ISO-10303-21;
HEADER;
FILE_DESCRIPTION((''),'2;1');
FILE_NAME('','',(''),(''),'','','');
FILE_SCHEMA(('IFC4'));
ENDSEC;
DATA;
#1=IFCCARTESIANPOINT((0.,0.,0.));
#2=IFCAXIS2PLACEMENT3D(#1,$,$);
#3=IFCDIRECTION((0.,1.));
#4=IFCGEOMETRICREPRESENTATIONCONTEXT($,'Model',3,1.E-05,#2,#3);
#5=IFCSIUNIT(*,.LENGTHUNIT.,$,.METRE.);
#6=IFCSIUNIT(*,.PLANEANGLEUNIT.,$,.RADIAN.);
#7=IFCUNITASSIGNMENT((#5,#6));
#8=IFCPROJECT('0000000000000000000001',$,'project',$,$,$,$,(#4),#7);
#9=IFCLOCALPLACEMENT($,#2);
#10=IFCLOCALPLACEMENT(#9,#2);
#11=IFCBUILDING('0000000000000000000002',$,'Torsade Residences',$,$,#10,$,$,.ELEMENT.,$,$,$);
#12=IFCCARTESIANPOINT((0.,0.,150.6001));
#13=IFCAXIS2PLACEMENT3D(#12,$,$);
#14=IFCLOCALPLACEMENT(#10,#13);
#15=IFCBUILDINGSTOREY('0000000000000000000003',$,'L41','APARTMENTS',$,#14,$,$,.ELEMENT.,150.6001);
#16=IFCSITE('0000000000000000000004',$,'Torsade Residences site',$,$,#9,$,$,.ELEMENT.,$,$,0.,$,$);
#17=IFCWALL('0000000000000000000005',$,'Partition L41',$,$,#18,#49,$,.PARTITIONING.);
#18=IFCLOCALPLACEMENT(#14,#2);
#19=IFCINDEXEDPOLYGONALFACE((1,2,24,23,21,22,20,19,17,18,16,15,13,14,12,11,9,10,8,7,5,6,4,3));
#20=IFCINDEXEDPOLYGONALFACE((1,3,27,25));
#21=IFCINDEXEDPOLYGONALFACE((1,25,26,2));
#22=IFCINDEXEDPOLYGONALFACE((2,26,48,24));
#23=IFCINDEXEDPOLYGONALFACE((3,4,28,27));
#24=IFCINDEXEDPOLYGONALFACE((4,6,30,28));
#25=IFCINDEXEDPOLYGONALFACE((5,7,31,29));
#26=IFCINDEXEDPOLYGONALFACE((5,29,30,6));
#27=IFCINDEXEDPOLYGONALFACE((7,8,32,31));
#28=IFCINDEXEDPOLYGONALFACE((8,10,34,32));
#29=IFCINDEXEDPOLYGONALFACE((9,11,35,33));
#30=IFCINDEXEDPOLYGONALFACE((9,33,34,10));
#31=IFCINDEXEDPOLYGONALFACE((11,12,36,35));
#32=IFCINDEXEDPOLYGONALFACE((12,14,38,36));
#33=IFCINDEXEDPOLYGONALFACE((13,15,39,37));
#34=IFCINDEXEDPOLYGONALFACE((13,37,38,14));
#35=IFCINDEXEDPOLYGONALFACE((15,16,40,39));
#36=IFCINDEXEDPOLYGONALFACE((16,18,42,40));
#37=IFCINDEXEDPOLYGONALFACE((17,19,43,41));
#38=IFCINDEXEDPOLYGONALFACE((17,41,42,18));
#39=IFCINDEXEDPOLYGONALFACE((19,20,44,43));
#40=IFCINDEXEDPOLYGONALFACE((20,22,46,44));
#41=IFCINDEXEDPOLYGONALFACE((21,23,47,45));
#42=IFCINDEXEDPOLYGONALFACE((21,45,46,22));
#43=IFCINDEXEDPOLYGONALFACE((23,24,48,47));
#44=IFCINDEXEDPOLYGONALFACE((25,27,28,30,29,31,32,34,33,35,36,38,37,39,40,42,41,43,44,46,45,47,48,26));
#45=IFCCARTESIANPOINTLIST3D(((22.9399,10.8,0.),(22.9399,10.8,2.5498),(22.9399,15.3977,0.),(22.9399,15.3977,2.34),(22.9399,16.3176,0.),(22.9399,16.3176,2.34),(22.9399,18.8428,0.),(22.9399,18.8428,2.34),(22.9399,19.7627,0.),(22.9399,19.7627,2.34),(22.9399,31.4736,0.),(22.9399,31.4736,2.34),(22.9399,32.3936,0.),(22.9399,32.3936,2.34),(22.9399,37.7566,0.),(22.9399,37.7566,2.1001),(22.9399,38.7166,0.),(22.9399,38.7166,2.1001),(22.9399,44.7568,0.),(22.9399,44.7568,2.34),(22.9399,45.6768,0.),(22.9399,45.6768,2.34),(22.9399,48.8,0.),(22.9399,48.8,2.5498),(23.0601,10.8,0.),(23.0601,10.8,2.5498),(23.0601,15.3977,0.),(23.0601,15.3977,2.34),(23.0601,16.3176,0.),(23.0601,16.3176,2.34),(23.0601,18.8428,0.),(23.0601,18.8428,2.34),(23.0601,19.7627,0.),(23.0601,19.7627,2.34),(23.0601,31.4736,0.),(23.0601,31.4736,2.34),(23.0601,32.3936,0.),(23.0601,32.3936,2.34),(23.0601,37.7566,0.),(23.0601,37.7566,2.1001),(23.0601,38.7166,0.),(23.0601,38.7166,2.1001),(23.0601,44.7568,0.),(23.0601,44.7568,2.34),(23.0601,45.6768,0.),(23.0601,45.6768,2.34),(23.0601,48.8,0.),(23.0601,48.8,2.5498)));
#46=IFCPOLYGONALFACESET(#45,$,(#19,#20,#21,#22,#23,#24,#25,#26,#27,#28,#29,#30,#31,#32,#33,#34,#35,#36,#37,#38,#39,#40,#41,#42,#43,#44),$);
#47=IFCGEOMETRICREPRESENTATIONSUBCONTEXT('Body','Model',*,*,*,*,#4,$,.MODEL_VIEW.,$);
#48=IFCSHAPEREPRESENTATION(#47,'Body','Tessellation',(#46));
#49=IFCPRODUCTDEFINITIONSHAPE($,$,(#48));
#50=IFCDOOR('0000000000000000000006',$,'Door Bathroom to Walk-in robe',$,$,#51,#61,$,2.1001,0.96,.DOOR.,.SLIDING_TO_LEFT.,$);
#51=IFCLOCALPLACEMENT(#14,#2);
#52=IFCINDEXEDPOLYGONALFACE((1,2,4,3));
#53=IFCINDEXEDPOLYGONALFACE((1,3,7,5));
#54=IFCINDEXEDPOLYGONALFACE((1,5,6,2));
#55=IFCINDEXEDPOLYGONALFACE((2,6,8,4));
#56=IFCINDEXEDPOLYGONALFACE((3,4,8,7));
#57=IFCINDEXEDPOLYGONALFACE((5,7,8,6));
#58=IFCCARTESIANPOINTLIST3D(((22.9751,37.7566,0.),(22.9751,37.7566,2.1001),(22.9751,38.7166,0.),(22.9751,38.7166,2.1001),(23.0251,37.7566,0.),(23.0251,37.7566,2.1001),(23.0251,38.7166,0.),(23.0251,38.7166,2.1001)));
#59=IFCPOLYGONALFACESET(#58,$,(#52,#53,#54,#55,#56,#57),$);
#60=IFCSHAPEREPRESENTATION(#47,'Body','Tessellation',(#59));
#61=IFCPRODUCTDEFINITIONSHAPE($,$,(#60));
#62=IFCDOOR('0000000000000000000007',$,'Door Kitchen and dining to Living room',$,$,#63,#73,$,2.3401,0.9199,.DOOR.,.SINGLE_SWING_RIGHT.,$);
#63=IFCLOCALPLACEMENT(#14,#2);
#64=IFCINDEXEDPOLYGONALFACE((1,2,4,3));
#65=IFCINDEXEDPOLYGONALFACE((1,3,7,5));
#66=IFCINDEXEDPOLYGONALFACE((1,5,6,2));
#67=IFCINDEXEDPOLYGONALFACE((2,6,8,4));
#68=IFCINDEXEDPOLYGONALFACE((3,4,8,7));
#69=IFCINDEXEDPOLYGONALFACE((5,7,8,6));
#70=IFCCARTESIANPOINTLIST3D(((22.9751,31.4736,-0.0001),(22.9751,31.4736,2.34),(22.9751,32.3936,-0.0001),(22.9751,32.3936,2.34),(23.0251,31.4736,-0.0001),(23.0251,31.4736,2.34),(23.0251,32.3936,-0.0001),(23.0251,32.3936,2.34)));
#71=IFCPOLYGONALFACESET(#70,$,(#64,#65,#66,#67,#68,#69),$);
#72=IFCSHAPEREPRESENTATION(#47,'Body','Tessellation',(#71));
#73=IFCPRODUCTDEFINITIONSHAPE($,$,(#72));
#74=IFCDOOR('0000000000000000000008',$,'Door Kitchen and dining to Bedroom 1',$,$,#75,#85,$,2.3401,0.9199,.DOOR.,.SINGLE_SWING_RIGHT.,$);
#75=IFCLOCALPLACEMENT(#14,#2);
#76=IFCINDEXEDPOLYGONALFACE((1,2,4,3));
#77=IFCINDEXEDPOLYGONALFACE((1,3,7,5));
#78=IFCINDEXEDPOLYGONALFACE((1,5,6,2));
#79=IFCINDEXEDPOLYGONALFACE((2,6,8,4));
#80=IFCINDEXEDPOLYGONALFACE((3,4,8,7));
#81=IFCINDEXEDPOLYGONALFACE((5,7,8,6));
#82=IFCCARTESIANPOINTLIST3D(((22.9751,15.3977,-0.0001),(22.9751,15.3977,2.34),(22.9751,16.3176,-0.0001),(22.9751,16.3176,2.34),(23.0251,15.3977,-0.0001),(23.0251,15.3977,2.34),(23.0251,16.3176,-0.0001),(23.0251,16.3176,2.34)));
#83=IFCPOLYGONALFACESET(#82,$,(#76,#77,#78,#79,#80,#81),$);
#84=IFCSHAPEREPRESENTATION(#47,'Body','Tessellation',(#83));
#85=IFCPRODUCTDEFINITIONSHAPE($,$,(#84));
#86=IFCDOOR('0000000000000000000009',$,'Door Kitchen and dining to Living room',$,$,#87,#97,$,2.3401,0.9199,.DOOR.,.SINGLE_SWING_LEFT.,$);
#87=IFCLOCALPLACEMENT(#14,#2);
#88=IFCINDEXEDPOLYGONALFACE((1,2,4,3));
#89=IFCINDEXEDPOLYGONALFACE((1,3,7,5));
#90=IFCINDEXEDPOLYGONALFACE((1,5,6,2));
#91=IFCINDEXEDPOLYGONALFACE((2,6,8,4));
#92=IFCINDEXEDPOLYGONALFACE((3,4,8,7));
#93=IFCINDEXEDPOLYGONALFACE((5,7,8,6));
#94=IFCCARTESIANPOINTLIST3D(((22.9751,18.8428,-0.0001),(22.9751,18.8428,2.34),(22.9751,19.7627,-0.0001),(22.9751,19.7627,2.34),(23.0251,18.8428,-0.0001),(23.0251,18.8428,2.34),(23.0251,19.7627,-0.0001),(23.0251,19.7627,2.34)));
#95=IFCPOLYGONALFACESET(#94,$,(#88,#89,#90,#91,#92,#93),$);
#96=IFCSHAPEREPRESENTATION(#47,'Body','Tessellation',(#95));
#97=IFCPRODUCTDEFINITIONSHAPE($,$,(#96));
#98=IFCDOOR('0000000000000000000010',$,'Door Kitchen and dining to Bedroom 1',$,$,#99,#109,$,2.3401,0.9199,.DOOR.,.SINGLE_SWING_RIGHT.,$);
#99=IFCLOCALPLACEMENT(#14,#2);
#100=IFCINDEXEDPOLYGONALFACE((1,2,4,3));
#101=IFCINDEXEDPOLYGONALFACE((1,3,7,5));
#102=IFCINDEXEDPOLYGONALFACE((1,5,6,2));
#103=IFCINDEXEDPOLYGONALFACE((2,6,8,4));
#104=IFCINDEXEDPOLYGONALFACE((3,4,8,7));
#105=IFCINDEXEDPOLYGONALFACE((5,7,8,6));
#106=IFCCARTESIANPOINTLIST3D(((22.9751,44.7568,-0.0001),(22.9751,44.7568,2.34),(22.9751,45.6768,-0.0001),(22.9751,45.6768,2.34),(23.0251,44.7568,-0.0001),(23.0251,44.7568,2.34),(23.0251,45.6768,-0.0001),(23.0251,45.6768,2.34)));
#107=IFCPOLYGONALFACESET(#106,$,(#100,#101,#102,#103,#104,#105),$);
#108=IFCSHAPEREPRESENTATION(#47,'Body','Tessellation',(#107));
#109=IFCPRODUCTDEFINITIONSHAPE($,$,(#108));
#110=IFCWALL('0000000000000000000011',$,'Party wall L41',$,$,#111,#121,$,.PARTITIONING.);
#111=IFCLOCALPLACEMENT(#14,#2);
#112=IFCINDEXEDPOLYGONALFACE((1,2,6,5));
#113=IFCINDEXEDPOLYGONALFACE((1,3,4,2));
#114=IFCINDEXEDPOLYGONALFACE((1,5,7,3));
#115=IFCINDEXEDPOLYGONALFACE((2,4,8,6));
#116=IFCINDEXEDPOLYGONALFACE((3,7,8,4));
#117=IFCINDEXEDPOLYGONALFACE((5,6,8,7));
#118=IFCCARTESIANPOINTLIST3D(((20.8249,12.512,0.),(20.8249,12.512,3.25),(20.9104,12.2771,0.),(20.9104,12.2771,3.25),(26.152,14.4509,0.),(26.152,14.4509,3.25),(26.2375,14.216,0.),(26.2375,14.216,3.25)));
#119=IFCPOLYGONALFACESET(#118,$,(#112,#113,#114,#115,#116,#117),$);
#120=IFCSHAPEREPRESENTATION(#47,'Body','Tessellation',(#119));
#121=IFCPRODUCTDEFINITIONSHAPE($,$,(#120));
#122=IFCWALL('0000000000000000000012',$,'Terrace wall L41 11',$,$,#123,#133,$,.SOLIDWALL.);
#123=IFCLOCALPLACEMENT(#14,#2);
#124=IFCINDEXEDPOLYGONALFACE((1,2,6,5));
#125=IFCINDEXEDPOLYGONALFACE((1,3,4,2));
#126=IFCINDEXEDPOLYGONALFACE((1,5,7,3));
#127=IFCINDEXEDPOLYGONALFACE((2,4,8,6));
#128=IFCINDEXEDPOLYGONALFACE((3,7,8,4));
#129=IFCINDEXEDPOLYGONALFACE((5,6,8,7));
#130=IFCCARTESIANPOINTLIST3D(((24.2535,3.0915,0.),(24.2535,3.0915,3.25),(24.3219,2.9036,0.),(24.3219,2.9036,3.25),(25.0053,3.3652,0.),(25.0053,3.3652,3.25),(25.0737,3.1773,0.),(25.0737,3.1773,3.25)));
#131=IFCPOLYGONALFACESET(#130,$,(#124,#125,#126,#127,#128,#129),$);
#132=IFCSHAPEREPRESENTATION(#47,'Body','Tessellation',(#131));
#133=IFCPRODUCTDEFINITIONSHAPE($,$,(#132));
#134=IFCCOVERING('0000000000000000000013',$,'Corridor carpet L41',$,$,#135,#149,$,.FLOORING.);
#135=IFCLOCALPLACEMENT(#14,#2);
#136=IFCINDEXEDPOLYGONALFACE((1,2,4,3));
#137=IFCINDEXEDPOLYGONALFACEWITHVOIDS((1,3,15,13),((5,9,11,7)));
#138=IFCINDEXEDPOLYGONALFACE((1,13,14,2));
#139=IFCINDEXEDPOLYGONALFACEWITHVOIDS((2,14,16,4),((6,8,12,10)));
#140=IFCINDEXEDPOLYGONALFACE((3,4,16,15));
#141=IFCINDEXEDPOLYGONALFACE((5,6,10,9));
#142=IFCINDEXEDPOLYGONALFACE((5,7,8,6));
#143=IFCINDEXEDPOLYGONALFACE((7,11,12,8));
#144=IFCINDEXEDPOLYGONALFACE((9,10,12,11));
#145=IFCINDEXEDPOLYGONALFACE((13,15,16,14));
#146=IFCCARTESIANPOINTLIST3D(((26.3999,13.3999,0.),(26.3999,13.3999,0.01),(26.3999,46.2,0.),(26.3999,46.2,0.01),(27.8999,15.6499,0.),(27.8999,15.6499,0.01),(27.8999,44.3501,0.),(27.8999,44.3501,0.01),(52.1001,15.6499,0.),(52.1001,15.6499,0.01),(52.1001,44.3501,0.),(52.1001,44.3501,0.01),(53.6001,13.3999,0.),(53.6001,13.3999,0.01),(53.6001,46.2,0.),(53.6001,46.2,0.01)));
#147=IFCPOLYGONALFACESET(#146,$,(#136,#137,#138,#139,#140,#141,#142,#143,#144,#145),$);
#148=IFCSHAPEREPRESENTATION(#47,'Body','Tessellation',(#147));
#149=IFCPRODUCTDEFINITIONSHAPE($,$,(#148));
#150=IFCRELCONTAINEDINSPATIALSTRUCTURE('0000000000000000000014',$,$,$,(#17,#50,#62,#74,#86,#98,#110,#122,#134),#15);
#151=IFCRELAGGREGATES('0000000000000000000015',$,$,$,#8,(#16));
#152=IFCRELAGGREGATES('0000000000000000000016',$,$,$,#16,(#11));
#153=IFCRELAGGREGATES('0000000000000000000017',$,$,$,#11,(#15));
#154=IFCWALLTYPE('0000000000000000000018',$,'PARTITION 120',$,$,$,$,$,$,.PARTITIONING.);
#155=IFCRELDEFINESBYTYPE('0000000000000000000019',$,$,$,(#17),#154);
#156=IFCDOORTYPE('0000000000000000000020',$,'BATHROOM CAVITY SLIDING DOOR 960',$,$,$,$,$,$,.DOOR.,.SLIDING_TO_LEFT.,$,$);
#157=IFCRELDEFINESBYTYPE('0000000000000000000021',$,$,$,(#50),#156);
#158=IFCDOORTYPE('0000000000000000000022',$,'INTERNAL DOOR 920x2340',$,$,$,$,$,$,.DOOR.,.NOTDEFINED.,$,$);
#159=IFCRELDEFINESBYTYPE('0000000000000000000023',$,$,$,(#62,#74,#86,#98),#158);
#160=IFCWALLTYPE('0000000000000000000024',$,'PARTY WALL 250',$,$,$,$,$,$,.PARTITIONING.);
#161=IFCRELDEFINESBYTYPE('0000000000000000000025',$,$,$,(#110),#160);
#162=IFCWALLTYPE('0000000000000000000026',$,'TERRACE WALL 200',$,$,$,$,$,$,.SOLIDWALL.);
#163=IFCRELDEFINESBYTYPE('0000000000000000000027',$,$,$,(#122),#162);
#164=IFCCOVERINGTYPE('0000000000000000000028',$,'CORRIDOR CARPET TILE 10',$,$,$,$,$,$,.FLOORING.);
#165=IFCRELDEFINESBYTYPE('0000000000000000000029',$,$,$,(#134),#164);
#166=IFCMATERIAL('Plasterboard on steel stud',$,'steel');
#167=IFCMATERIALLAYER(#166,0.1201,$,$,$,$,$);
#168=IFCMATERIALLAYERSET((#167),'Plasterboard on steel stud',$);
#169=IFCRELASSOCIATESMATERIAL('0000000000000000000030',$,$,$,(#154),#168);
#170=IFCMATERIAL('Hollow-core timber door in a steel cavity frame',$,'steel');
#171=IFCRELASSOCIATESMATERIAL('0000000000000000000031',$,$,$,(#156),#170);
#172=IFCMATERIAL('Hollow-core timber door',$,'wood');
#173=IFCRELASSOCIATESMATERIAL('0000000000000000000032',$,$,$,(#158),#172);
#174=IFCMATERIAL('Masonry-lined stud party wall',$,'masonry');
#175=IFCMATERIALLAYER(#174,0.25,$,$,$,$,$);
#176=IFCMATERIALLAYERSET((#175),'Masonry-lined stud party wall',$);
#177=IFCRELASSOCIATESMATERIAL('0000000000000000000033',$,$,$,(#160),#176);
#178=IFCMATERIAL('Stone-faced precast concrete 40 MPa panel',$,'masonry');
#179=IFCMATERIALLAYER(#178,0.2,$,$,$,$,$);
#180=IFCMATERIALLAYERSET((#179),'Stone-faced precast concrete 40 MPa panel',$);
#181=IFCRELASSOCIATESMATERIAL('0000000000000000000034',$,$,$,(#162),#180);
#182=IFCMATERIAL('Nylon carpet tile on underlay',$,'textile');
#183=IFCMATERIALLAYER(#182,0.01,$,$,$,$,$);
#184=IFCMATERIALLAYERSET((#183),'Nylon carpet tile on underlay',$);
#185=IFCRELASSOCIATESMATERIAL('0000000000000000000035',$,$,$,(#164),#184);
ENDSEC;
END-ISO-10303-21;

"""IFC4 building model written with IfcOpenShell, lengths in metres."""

from ifc_helpers import new_model, si_unit, direction, frame, frame_2d, origin, place, context, subcontext, project, spatial, polyline, rectangle, outline, extrude, material, layer, layer_set, type_object, element, fill, save


model = new_model("IFC4")

# Units and contexts
model_context = context("Model", 3, precision=1e-05, world=origin(), true_north=direction((0.0, 1.0)))
body_context = subcontext(model_context, "Body", "Model", "MODEL_VIEW")
ifc_project = project(units=[si_unit("LENGTHUNIT", "METRE"), si_unit("PLANEANGLEUNIT", "RADIAN")], contexts=[model_context])

# Site, building, storey
site_placement = place(None, origin())
site = spatial("IfcSite", under=ifc_project, at=site_placement, Name="Torsade Residences site", CompositionType="ELEMENT", RefElevation=0.0)
building_placement = place(site_placement, origin())
building = spatial("IfcBuilding", under=site, at=building_placement, Name="Torsade Residences", CompositionType="ELEMENT")
storey_placement = place(building_placement, frame((0.0, 0.0, 150.6001)))
storey = spatial("IfcBuildingStorey", under=building, at=storey_placement, Name="L41", Description="APARTMENTS", CompositionType="ELEMENT", Elevation=150.6001)

# Wall, openings, doors
ifc_material_1 = material(Name="Plasterboard on steel stud", Category="steel")
ifc_layer_1 = layer(ifc_material_1, 0.1201)
ifc_layer_set_1 = layer_set([ifc_layer_1], Name="Plasterboard on steel stud")
wall_type_1 = type_object("IfcWallType", Name="PARTITION 120", PredefinedType="PARTITIONING", material=ifc_layer_set_1)
wall_1_placement = place(storey_placement, frame((23.0, 10.8, 0.0), z_axis=(0.0, 0.0, 1.0), x_axis=(0.0, 1.0, 0.0)))
wall_1 = element("IfcWall", 1, at=wall_1_placement, inside=storey, type_object=wall_type_1, Name="Partition L41", PredefinedType="PARTITIONING", context=body_context, shape_type="SweptSolid", body=[
    extrude(rectangle(XDim=38.0, YDim=0.1201, at=frame_2d((19.0, 0.0))), origin(), (0.0, 0.0, 1.0), 2.5498),
])
opening_1_placement = place(wall_1_placement, frame((20.6736, 0.0, 0.0)))
opening_1 = element("IfcOpeningElement", 2, at=opening_1_placement, cuts=wall_1, PredefinedType="OPENING", context=body_context, shape_type="SweptSolid", body=[
    extrude(rectangle(XDim=0.9199, YDim=2.3401, at=frame_2d((0.46, 1.1699))), frame((0.0, 0.0701, 0.0), z_axis=(0.0, -1.0, 0.0), x_axis=(1.0, 0.0, 0.0)), (0.0, 0.0, 1.0), 0.1401),
])
opening_2_placement = place(wall_1_placement, frame((4.5977, 0.0, 0.0)))
opening_2 = element("IfcOpeningElement", 3, at=opening_2_placement, cuts=wall_1, PredefinedType="OPENING", context=body_context, shape_type="SweptSolid", body=[
    extrude(rectangle(XDim=0.9199, YDim=2.3401, at=frame_2d((0.46, 1.1699))), frame((0.0, 0.0701, 0.0), z_axis=(0.0, -1.0, 0.0), x_axis=(1.0, 0.0, 0.0)), (0.0, 0.0, 1.0), 0.1401),
])
opening_3_placement = place(wall_1_placement, frame((8.0427, 0.0, 0.0)))
opening_3 = element("IfcOpeningElement", 4, at=opening_3_placement, cuts=wall_1, PredefinedType="OPENING", context=body_context, shape_type="SweptSolid", body=[
    extrude(rectangle(XDim=0.9199, YDim=2.3401, at=frame_2d((0.46, 1.1699))), frame((0.0, 0.0701, 0.0), z_axis=(0.0, -1.0, 0.0), x_axis=(1.0, 0.0, 0.0)), (0.0, 0.0, 1.0), 0.1401),
])
opening_4_placement = place(wall_1_placement, frame((33.9568, 0.0, 0.0)))
opening_4 = element("IfcOpeningElement", 5, at=opening_4_placement, cuts=wall_1, PredefinedType="OPENING", context=body_context, shape_type="SweptSolid", body=[
    extrude(rectangle(XDim=0.9199, YDim=2.3401, at=frame_2d((0.46, 1.1699))), frame((0.0, 0.0701, 0.0), z_axis=(0.0, -1.0, 0.0), x_axis=(1.0, 0.0, 0.0)), (0.0, 0.0, 1.0), 0.1401),
])
opening_5_placement = place(wall_1_placement, frame((26.9565, 0.0, 0.0)))
opening_5 = element("IfcOpeningElement", 6, at=opening_5_placement, cuts=wall_1, PredefinedType="OPENING", context=body_context, shape_type="SweptSolid", body=[
    extrude(rectangle(XDim=0.96, YDim=2.1001, at=frame_2d((0.48, 1.05))), frame((0.0, 0.0701, 0.0), z_axis=(0.0, -1.0, 0.0), x_axis=(1.0, 0.0, 0.0)), (0.0, 0.0, 1.0), 0.1401),
])
ifc_material_2 = material(Name="Hollow-core timber door in a steel cavity frame", Category="steel")
door_type_1 = type_object("IfcDoorType", Name="BATHROOM CAVITY SLIDING DOOR 960", OperationType="SLIDING_TO_LEFT", PredefinedType="DOOR", material=ifc_material_2)
door_1_placement = place(opening_5_placement, origin())
door_1 = element("IfcDoor", 7, at=door_1_placement, inside=storey, type_object=door_type_1, Name="Door Bathroom to Walk-in robe", OperationType="SLIDING_TO_LEFT", OverallHeight=2.1001, OverallWidth=0.96, PredefinedType="DOOR", context=body_context, shape_type="SweptSolid", body=[
    extrude(rectangle(XDim=0.96, YDim=2.1001, at=frame_2d((0.48, 1.05))), frame((0.0, 0.0249, 0.0), z_axis=(0.0, -1.0, 0.0), x_axis=(1.0, 0.0, 0.0)), (0.0, 0.0, 1.0), 0.05),
])
fill(opening_5, door_1)
ifc_material_3 = material(Name="Hollow-core timber door", Category="wood")
door_type_2 = type_object("IfcDoorType", Name="INTERNAL DOOR 920x2340", OperationType="NOTDEFINED", PredefinedType="DOOR", material=ifc_material_3)
door_2_placement = place(opening_1_placement, origin())
door_2 = element("IfcDoor", 8, at=door_2_placement, inside=storey, type_object=door_type_2, Name="Door Kitchen and dining to Living room", OperationType="SINGLE_SWING_RIGHT", OverallHeight=2.3401, OverallWidth=0.9199, PredefinedType="DOOR", context=body_context, shape_type="SweptSolid", body=[
    extrude(rectangle(XDim=0.9199, YDim=2.3401, at=frame_2d((0.46, 1.1699))), frame((0.0, 0.0249, 0.0), z_axis=(0.0, -1.0, 0.0), x_axis=(1.0, 0.0, 0.0)), (0.0, 0.0, 1.0), 0.05),
])
fill(opening_1, door_2)
door_3_placement = place(opening_2_placement, origin())
door_3 = element("IfcDoor", 9, at=door_3_placement, inside=storey, type_object=door_type_2, Name="Door Kitchen and dining to Bedroom 1", OperationType="SINGLE_SWING_RIGHT", OverallHeight=2.3401, OverallWidth=0.9199, PredefinedType="DOOR", context=body_context, shape_type="SweptSolid", body=[
    extrude(rectangle(XDim=0.9199, YDim=2.3401, at=frame_2d((0.46, 1.1699))), frame((0.0, 0.0249, 0.0), z_axis=(0.0, -1.0, 0.0), x_axis=(1.0, 0.0, 0.0)), (0.0, 0.0, 1.0), 0.05),
])
fill(opening_2, door_3)
door_4_placement = place(opening_3_placement, origin())
door_4 = element("IfcDoor", 10, at=door_4_placement, inside=storey, type_object=door_type_2, Name="Door Kitchen and dining to Living room", OperationType="SINGLE_SWING_LEFT", OverallHeight=2.3401, OverallWidth=0.9199, PredefinedType="DOOR", context=body_context, shape_type="SweptSolid", body=[
    extrude(rectangle(XDim=0.9199, YDim=2.3401, at=frame_2d((0.46, 1.1699))), frame((0.0, 0.0249, 0.0), z_axis=(0.0, -1.0, 0.0), x_axis=(1.0, 0.0, 0.0)), (0.0, 0.0, 1.0), 0.05),
])
fill(opening_3, door_4)
door_5_placement = place(opening_4_placement, origin())
door_5 = element("IfcDoor", 11, at=door_5_placement, inside=storey, type_object=door_type_2, Name="Door Kitchen and dining to Bedroom 1", OperationType="SINGLE_SWING_RIGHT", OverallHeight=2.3401, OverallWidth=0.9199, PredefinedType="DOOR", context=body_context, shape_type="SweptSolid", body=[
    extrude(rectangle(XDim=0.9199, YDim=2.3401, at=frame_2d((0.46, 1.1699))), frame((0.0, 0.0249, 0.0), z_axis=(0.0, -1.0, 0.0), x_axis=(1.0, 0.0, 0.0)), (0.0, 0.0, 1.0), 0.05),
])
fill(opening_4, door_5)

# Walls
ifc_material_4 = material(Name="Masonry-lined stud party wall", Category="masonry")
ifc_layer_2 = layer(ifc_material_4, 0.25)
ifc_layer_set_2 = layer_set([ifc_layer_2], Name="Masonry-lined stud party wall")
wall_type_2 = type_object("IfcWallType", Name="PARTY WALL 250", PredefinedType="PARTITIONING", material=ifc_layer_set_2)
wall_2_placement = place(storey_placement, frame((20.8677, 12.3945, 0.0), z_axis=(0.0, 0.0, 1.0), x_axis=(0.93969, 0.342027, 0.0)))
element("IfcWall", 12, at=wall_2_placement, inside=storey, type_object=wall_type_2, Name="Party wall L41", PredefinedType="PARTITIONING", context=body_context, shape_type="SweptSolid", body=[
    extrude(rectangle(XDim=5.6689, YDim=0.25, at=frame_2d((2.8345, 0.0))), origin(), (0.0, 0.0, 1.0), 3.25),
])
ifc_material_5 = material(Name="Stone-faced precast concrete 40 MPa panel", Category="masonry")
ifc_layer_3 = layer(ifc_material_5, 0.2)
ifc_layer_set_3 = layer_set([ifc_layer_3], Name="Stone-faced precast concrete 40 MPa panel")
wall_type_3 = type_object("IfcWallType", Name="TERRACE WALL 200", PredefinedType="SOLIDWALL", material=ifc_layer_set_3)
wall_3_placement = place(storey_placement, frame((24.2878, 2.9976, 0.0), z_axis=(0.0, 0.0, 1.0), x_axis=(0.93966, 0.342111, 0.0)))
element("IfcWall", 13, at=wall_3_placement, inside=storey, type_object=wall_type_3, Name="Terrace wall L41 11", PredefinedType="SOLIDWALL", context=body_context, shape_type="SweptSolid", body=[
    extrude(rectangle(XDim=0.8, YDim=0.2, at=frame_2d((0.3999, 0.0))), origin(), (0.0, 0.0, 1.0), 3.25),
])

# Covering
ifc_material_6 = material(Name="Nylon carpet tile on underlay", Category="textile")
ifc_layer_4 = layer(ifc_material_6, 0.01)
ifc_layer_set_4 = layer_set([ifc_layer_4], Name="Nylon carpet tile on underlay")
covering_type_1 = type_object("IfcCoveringType", Name="CORRIDOR CARPET TILE 10", PredefinedType="FLOORING", material=ifc_layer_set_4)
covering_1_placement = place(storey_placement, origin())
element("IfcCovering", 14, at=covering_1_placement, inside=storey, type_object=covering_type_1, Name="Corridor carpet L41", PredefinedType="FLOORING", context=body_context, shape_type="SweptSolid", body=[
    extrude(outline(polyline([(26.3999, 46.2), (26.3999, 13.3999), (53.6001, 13.3999), (53.6001, 46.2), (26.3999, 46.2)]), holes=[polyline([(52.1001, 44.3501), (27.8999, 44.3501), (27.8999, 15.6499), (52.1001, 15.6499), (52.1001, 44.3501)])]), origin(), (0.0, 0.0, 1.0), 0.01),
])

save(model, "model.ifc")
